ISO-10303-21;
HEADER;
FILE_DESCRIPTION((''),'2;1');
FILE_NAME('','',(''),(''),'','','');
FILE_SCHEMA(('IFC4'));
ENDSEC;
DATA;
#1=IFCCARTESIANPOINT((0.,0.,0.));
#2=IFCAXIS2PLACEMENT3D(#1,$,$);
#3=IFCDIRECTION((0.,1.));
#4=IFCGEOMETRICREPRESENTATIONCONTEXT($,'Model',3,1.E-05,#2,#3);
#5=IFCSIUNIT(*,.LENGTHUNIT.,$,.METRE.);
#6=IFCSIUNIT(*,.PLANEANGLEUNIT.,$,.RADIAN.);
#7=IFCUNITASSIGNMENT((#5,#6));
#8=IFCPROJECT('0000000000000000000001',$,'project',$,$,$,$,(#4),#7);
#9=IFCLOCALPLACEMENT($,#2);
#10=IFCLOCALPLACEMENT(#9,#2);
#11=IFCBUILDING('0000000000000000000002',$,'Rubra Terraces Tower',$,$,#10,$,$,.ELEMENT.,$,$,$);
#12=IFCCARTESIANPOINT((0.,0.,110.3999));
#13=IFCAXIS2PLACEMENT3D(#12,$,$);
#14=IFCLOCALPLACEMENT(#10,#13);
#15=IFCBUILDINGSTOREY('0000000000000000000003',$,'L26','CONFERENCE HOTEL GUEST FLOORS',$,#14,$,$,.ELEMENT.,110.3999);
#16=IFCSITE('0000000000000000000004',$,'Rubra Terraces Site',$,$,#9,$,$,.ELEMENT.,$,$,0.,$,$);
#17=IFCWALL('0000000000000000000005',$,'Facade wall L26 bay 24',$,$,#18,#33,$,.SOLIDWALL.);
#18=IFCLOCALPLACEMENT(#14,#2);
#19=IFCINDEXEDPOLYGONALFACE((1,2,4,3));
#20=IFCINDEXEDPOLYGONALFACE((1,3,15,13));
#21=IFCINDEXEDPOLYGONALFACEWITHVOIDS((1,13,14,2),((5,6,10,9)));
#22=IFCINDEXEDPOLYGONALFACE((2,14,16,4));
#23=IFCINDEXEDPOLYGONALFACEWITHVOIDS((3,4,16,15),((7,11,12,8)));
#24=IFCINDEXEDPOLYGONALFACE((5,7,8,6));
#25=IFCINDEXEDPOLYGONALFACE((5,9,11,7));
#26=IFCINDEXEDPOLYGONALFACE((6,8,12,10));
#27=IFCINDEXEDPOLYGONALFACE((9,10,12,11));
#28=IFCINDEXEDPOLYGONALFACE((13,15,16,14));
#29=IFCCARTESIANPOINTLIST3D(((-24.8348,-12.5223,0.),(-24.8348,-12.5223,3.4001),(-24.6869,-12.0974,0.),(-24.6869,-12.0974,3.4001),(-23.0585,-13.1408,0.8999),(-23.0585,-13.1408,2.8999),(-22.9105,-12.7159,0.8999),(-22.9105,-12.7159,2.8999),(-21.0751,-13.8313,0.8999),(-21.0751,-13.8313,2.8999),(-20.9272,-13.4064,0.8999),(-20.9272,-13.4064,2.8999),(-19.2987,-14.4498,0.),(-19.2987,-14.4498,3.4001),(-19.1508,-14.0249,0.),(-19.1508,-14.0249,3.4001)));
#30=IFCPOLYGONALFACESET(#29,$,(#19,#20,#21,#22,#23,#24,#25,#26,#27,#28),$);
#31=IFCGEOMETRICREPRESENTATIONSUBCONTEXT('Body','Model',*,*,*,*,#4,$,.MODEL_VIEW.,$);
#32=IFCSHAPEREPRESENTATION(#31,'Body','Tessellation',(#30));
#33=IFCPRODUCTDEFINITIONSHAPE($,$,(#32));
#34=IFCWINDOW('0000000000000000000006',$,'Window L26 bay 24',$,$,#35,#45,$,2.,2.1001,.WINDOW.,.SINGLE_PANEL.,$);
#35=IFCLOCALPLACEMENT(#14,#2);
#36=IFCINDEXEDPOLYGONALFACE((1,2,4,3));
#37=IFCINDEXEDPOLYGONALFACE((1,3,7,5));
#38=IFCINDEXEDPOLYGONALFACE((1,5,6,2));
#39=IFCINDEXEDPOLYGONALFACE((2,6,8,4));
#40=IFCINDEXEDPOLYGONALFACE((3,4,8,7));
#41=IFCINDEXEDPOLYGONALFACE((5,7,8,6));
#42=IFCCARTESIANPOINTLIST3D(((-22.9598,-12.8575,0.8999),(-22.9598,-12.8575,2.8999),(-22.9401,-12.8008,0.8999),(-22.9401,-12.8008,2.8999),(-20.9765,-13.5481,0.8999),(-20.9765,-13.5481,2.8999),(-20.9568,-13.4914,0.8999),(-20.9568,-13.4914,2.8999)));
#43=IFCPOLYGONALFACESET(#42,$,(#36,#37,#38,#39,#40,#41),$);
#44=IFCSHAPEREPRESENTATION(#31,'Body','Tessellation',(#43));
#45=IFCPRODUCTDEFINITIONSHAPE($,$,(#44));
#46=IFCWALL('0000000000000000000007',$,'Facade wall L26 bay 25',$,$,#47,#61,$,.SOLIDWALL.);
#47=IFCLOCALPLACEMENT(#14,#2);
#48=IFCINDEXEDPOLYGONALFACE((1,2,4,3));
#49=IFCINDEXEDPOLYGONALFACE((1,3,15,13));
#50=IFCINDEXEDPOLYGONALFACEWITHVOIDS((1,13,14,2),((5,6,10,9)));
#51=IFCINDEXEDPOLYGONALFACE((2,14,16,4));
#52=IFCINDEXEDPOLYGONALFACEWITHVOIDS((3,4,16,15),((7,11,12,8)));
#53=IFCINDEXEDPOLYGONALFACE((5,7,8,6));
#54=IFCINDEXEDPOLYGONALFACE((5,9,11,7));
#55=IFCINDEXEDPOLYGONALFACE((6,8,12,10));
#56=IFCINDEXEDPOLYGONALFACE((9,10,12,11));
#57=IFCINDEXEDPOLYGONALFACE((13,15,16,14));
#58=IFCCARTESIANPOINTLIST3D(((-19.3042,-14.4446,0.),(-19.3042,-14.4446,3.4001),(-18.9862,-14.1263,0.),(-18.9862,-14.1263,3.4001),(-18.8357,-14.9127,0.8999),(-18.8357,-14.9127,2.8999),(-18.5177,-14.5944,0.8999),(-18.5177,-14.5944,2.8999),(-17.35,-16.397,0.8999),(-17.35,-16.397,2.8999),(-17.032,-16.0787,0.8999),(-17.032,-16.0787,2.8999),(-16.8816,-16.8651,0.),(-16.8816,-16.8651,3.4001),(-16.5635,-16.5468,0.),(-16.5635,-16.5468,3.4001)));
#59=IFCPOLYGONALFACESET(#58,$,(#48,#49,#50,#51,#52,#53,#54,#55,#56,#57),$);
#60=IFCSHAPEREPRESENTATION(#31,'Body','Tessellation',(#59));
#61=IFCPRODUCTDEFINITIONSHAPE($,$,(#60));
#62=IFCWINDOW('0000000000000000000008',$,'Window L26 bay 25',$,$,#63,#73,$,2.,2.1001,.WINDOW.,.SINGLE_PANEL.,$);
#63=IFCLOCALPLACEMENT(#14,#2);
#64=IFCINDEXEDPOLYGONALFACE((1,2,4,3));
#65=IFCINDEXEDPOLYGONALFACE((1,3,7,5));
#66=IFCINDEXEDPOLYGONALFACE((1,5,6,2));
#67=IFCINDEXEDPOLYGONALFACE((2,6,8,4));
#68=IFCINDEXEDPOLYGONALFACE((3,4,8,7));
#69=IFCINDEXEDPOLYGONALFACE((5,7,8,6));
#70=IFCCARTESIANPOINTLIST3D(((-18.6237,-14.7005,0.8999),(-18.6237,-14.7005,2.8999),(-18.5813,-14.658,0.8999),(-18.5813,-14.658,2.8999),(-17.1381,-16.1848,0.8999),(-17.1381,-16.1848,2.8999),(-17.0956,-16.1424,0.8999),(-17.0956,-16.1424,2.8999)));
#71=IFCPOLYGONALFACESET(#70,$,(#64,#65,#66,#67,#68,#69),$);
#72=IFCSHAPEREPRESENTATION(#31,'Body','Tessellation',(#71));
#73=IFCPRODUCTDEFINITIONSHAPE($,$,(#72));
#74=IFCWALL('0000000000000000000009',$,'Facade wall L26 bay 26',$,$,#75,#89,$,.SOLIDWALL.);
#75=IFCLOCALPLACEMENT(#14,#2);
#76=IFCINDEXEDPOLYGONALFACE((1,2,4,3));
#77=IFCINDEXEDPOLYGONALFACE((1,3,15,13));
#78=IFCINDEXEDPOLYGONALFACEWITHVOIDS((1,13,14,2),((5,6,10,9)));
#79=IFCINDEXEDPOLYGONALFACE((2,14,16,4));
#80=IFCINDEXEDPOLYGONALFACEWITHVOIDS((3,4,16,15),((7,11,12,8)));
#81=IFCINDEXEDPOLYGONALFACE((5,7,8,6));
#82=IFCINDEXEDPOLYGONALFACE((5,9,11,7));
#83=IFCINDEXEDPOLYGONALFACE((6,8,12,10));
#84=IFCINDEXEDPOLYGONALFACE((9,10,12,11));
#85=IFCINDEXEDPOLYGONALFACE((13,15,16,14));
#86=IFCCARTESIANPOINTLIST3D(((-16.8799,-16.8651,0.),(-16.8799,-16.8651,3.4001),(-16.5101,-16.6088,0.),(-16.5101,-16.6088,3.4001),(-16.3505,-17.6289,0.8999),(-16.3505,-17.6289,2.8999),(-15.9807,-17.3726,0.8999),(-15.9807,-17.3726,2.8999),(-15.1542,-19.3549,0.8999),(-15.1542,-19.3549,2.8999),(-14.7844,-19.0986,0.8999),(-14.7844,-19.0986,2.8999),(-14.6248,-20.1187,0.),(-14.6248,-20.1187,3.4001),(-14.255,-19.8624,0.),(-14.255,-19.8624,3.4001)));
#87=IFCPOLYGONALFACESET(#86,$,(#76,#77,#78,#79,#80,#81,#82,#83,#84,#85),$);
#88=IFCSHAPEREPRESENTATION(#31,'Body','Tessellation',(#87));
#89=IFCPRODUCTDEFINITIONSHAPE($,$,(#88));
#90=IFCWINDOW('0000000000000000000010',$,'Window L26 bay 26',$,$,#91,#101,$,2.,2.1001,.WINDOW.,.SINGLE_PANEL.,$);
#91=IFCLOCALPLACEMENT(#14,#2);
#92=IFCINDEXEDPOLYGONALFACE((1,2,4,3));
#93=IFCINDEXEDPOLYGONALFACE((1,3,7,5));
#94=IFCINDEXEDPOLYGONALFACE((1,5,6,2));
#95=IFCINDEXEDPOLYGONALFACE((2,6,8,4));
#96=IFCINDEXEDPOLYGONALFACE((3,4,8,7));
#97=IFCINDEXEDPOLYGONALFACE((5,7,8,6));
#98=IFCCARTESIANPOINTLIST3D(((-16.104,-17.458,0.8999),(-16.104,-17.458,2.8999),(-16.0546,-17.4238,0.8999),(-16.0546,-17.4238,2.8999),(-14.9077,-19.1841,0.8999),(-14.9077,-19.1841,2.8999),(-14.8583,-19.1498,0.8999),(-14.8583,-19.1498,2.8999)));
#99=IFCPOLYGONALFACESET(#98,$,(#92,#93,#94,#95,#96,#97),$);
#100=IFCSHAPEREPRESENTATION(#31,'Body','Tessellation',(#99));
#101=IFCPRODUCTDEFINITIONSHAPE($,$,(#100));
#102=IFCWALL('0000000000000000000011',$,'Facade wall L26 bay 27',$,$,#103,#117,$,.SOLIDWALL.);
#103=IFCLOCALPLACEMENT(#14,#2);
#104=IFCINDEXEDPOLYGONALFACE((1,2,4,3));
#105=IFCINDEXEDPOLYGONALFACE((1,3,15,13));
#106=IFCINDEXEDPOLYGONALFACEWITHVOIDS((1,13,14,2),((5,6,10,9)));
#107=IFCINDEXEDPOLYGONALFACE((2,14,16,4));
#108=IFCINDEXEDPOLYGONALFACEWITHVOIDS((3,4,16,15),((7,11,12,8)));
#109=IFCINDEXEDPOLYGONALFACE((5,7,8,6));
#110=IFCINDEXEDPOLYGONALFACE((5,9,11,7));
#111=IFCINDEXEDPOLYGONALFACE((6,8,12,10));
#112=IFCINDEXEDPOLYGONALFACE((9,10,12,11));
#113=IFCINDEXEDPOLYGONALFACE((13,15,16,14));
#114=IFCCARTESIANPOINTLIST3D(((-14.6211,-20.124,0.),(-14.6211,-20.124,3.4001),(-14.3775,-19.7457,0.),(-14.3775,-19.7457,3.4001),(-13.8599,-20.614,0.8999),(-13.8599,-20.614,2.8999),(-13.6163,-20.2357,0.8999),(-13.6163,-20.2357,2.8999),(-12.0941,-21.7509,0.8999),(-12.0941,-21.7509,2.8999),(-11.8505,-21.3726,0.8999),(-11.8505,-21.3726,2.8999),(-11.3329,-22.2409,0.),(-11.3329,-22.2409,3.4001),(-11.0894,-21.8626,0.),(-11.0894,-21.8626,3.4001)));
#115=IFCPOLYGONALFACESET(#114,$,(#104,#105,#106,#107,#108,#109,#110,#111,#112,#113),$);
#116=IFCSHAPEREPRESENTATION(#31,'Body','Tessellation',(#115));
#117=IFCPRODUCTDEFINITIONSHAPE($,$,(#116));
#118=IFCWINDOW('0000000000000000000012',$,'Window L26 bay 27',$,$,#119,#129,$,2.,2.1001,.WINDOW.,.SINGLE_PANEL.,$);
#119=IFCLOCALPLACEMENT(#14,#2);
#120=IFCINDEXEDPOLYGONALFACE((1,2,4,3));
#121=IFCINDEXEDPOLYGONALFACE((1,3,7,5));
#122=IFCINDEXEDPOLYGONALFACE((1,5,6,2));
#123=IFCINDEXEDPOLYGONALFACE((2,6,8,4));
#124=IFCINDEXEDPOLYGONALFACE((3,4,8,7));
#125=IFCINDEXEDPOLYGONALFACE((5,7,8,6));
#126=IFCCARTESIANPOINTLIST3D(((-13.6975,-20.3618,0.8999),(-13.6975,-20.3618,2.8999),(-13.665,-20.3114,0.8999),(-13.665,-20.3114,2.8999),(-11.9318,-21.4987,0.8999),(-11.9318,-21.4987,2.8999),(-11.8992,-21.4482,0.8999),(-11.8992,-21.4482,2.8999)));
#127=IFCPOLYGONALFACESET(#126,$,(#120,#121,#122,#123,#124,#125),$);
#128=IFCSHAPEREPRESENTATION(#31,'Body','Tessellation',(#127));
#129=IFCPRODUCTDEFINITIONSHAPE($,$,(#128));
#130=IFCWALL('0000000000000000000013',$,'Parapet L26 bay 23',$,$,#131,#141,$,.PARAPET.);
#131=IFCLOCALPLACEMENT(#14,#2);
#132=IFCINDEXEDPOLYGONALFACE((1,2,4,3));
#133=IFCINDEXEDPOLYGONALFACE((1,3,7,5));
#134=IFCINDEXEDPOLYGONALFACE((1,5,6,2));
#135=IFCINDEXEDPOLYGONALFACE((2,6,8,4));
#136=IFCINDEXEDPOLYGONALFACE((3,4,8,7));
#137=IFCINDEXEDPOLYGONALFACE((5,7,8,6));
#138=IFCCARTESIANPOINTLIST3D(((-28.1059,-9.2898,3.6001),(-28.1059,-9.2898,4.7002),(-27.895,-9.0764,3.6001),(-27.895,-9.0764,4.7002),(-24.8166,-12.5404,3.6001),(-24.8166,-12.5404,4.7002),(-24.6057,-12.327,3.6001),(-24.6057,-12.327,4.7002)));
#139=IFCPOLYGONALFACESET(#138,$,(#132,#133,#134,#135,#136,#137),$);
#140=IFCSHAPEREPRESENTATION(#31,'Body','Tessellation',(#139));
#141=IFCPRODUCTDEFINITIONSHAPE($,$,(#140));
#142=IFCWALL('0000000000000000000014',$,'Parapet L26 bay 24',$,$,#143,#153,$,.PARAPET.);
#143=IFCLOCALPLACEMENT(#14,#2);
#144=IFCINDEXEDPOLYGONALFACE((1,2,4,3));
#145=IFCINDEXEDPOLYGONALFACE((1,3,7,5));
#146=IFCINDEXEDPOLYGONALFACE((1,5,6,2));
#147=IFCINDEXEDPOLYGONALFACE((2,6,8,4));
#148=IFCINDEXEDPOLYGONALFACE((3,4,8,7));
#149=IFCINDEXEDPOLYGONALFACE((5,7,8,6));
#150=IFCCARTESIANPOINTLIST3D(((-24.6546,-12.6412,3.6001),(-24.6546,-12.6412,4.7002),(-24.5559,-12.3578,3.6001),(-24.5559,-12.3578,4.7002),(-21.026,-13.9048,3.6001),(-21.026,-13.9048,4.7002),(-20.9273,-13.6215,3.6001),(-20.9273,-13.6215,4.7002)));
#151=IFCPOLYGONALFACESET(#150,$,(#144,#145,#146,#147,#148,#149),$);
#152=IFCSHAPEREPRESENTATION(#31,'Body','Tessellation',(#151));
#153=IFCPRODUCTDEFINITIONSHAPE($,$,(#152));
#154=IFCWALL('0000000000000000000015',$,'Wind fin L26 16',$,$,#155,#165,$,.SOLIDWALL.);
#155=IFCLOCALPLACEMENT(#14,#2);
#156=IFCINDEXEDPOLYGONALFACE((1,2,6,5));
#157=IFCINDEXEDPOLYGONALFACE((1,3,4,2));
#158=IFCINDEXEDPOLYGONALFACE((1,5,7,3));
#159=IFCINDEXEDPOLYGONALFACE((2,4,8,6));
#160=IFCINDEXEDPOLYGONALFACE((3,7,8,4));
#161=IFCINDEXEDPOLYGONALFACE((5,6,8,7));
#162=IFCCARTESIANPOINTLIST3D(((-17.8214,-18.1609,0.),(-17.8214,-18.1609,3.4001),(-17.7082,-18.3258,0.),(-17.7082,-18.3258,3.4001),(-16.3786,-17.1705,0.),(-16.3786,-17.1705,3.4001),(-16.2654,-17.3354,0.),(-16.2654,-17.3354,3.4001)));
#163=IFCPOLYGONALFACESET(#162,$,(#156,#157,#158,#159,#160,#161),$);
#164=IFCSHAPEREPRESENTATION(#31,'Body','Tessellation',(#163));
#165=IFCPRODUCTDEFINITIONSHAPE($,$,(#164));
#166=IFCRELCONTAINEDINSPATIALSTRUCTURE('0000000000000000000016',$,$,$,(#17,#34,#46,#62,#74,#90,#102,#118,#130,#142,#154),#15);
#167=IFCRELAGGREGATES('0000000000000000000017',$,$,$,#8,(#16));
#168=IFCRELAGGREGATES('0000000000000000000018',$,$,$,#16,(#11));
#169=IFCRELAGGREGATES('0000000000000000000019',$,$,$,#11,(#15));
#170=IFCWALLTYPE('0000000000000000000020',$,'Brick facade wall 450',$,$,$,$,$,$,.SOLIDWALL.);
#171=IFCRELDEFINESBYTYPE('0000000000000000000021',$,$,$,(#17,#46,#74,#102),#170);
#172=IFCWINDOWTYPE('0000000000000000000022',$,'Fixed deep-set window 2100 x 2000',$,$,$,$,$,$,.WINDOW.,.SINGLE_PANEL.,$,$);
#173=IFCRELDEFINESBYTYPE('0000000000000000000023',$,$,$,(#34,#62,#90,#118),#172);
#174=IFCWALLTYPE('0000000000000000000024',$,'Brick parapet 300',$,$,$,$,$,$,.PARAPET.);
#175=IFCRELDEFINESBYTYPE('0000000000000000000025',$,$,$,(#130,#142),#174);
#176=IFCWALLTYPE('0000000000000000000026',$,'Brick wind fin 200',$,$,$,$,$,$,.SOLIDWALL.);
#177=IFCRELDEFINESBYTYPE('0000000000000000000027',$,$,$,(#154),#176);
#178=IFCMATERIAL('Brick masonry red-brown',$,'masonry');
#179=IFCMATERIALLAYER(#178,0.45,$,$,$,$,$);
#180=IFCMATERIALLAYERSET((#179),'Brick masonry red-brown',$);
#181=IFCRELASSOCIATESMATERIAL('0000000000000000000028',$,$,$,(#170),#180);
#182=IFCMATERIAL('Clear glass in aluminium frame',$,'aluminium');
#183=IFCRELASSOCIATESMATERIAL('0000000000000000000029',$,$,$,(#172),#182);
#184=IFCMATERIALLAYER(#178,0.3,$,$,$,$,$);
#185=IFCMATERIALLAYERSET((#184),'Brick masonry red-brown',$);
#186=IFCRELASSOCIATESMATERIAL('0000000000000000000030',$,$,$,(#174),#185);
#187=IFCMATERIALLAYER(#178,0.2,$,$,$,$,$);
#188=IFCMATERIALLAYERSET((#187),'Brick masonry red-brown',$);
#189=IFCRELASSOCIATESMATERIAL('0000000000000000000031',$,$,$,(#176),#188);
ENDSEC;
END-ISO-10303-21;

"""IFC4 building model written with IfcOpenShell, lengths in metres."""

from ifc_helpers import new_model, si_unit, direction, frame, frame_2d, origin, place, context, subcontext, project, spatial, rectangle, extrude, material, layer, layer_set, type_object, element, fill, save


model = new_model("IFC4")

# Units and contexts
model_context = context("Model", 3, precision=1e-05, world=origin(), true_north=direction((0.0, 1.0)))
body_context = subcontext(model_context, "Body", "Model", "MODEL_VIEW")
ifc_project = project(units=[si_unit("LENGTHUNIT", "METRE"), si_unit("PLANEANGLEUNIT", "RADIAN")], contexts=[model_context])

# Site, building, storey
site_placement = place(None, origin())
site = spatial("IfcSite", under=ifc_project, at=site_placement, Name="Rubra Terraces Site", CompositionType="ELEMENT", RefElevation=0.0)
building_placement = place(site_placement, origin())
building = spatial("IfcBuilding", under=site, at=building_placement, Name="Rubra Terraces Tower", CompositionType="ELEMENT")
storey_placement = place(building_placement, frame((0.0, 0.0, 110.3999)))
storey = spatial("IfcBuildingStorey", under=building, at=storey_placement, Name="L26", Description="CONFERENCE HOTEL GUEST FLOORS", CompositionType="ELEMENT", Elevation=110.3999)

# Walls, openings, windows
ifc_material_1 = material(Name="Brick masonry red-brown", Category="masonry")
ifc_layer_1 = layer(ifc_material_1, 0.45)
ifc_layer_set_1 = layer_set([ifc_layer_1], Name="Brick masonry red-brown")
wall_type_1 = type_object("IfcWallType", Name="Brick facade wall 450", PredefinedType="SOLIDWALL", material=ifc_layer_set_1)
wall_1_placement = place(storey_placement, frame((-24.761, -12.3098, 0.0), z_axis=(0.0, 0.0, 1.0), x_axis=(0.944397, -0.328807, 0.0)))
wall_1 = element("IfcWall", 1, at=wall_1_placement, inside=storey, type_object=wall_type_1, Name="Facade wall L26 bay 24", PredefinedType="SOLIDWALL", context=body_context, shape_type="SweptSolid", body=[
    extrude(rectangle(XDim=5.8621, YDim=0.45, at=frame_2d((2.9312, 0.0))), origin(), (0.0, 0.0, 1.0), 3.4001),
])
opening_1_placement = place(wall_1_placement, frame((1.8811, 0.0, 0.8999)))
opening_1 = element("IfcOpeningElement", 2, at=opening_1_placement, cuts=wall_1, PredefinedType="OPENING", context=body_context, shape_type="SweptSolid", body=[
    extrude(rectangle(XDim=2.1001, YDim=2.0, at=frame_2d((1.05, 1.0))), frame((0.0, 0.2349, 0.0), z_axis=(0.0, -1.0, 0.0), x_axis=(1.0, 0.0, 0.0)), (0.0, 0.0, 1.0), 0.47),
])
ifc_material_2 = material(Name="Clear glass in aluminium frame", Category="aluminium")
window_type = type_object("IfcWindowType", Name="Fixed deep-set window 2100 x 2000", PartitioningType="SINGLE_PANEL", PredefinedType="WINDOW", material=ifc_material_2)
window_1_placement = place(opening_1_placement, origin())
window_1 = element("IfcWindow", 3, at=window_1_placement, inside=storey, type_object=window_type, Name="Window L26 bay 24", OverallHeight=2.0, OverallWidth=2.1001, PartitioningType="SINGLE_PANEL", PredefinedType="WINDOW", context=body_context, shape_type="SweptSolid", body=[
    extrude(rectangle(XDim=2.1001, YDim=2.0, at=frame_2d((1.05, 1.0))), frame((0.0, 0.135, 0.0), z_axis=(0.0, -1.0, 0.0), x_axis=(1.0, 0.0, 0.0)), (0.0, 0.0, 1.0), 0.0601),
])
fill(opening_1, window_1)
wall_2_placement = place(storey_placement, frame((-19.1453, -14.2854, 0.0), z_axis=(0.0, 0.0, 1.0), x_axis=(0.707428, -0.706786, 0.0)))
wall_2 = element("IfcWall", 4, at=wall_2_placement, inside=storey, type_object=wall_type_1, Name="Facade wall L26 bay 25", PredefinedType="SOLIDWALL", context=body_context, shape_type="SweptSolid", body=[
    extrude(rectangle(XDim=3.4246, YDim=0.45, at=frame_2d((1.7124, 0.0))), origin(), (0.0, 0.0, 1.0), 3.4001),
])
opening_2_placement = place(wall_2_placement, frame((0.6624, 0.0, 0.8999)))
opening_2 = element("IfcOpeningElement", 5, at=opening_2_placement, cuts=wall_2, PredefinedType="OPENING", context=body_context, shape_type="SweptSolid", body=[
    extrude(rectangle(XDim=2.1001, YDim=2.0, at=frame_2d((1.05, 1.0))), frame((0.0, 0.2349, 0.0), z_axis=(0.0, -1.0, 0.0), x_axis=(1.0, 0.0, 0.0)), (0.0, 0.0, 1.0), 0.47),
])
window_2_placement = place(opening_2_placement, origin())
window_2 = element("IfcWindow", 6, at=window_2_placement, inside=storey, type_object=window_type, Name="Window L26 bay 25", OverallHeight=2.0, OverallWidth=2.1001, PartitioningType="SINGLE_PANEL", PredefinedType="WINDOW", context=body_context, shape_type="SweptSolid", body=[
    extrude(rectangle(XDim=2.1001, YDim=2.0, at=frame_2d((1.05, 1.0))), frame((0.0, 0.135, 0.0), z_axis=(0.0, -1.0, 0.0), x_axis=(1.0, 0.0, 0.0)), (0.0, 0.0, 1.0), 0.0601),
])
fill(opening_2, window_2)
wall_3_placement = place(storey_placement, frame((-16.6951, -16.7368, 0.0), z_axis=(0.0, 0.0, 1.0), x_axis=(0.569652, -0.821886, 0.0)))
wall_3 = element("IfcWall", 7, at=wall_3_placement, inside=storey, type_object=wall_type_1, Name="Facade wall L26 bay 26", PredefinedType="SOLIDWALL", context=body_context, shape_type="SweptSolid", body=[
    extrude(rectangle(XDim=3.9587, YDim=0.45, at=frame_2d((1.9795, 0.0))), origin(), (0.0, 0.0, 1.0), 3.4001),
])
opening_3_placement = place(wall_3_placement, frame((0.9294, 0.0, 0.8999)))
opening_3 = element("IfcOpeningElement", 8, at=opening_3_placement, cuts=wall_3, PredefinedType="OPENING", context=body_context, shape_type="SweptSolid", body=[
    extrude(rectangle(XDim=2.1001, YDim=2.0, at=frame_2d((1.05, 1.0))), frame((0.0, 0.2349, 0.0), z_axis=(0.0, -1.0, 0.0), x_axis=(1.0, 0.0, 0.0)), (0.0, 0.0, 1.0), 0.47),
])
window_3_placement = place(opening_3_placement, origin())
window_3 = element("IfcWindow", 9, at=window_3_placement, inside=storey, type_object=window_type, Name="Window L26 bay 26", OverallHeight=2.0, OverallWidth=2.1001, PartitioningType="SINGLE_PANEL", PredefinedType="WINDOW", context=body_context, shape_type="SweptSolid", body=[
    extrude(rectangle(XDim=2.1001, YDim=2.0, at=frame_2d((1.05, 1.0))), frame((0.0, 0.135, 0.0), z_axis=(0.0, -1.0, 0.0), x_axis=(1.0, 0.0, 0.0)), (0.0, 0.0, 1.0), 0.0601),
])
fill(opening_3, window_3)
wall_4_placement = place(storey_placement, frame((-14.4993, -19.9348, 0.0), z_axis=(0.0, 0.0, 1.0), x_axis=(0.840809, -0.541332, 0.0)))
wall_4 = element("IfcWall", 10, at=wall_4_placement, inside=storey, type_object=wall_type_1, Name="Facade wall L26 bay 27", PredefinedType="SOLIDWALL", context=body_context, shape_type="SweptSolid", body=[
    extrude(rectangle(XDim=3.9106, YDim=0.45, at=frame_2d((1.9553, 0.0))), origin(), (0.0, 0.0, 1.0), 3.4001),
])
opening_4_placement = place(wall_4_placement, frame((0.9053, 0.0, 0.8999)))
opening_4 = element("IfcOpeningElement", 11, at=opening_4_placement, cuts=wall_4, PredefinedType="OPENING", context=body_context, shape_type="SweptSolid", body=[
    extrude(rectangle(XDim=2.1001, YDim=2.0, at=frame_2d((1.05, 1.0))), frame((0.0, 0.2349, 0.0), z_axis=(0.0, -1.0, 0.0), x_axis=(1.0, 0.0, 0.0)), (0.0, 0.0, 1.0), 0.47),
])
window_4_placement = place(opening_4_placement, origin())
window_4 = element("IfcWindow", 12, at=window_4_placement, inside=storey, type_object=window_type, Name="Window L26 bay 27", OverallHeight=2.0, OverallWidth=2.1001, PartitioningType="SINGLE_PANEL", PredefinedType="WINDOW", context=body_context, shape_type="SweptSolid", body=[
    extrude(rectangle(XDim=2.1001, YDim=2.0, at=frame_2d((1.05, 1.0))), frame((0.0, 0.135, 0.0), z_axis=(0.0, -1.0, 0.0), x_axis=(1.0, 0.0, 0.0)), (0.0, 0.0, 1.0), 0.0601),
])
fill(opening_4, window_4)

# Walls
ifc_layer_2 = layer(ifc_material_1, 0.3)
ifc_layer_set_2 = layer_set([ifc_layer_2], Name="Brick masonry red-brown")
wall_type_2 = type_object("IfcWallType", Name="Brick parapet 300", PredefinedType="PARAPET", material=ifc_layer_set_2)
wall_5_placement = place(storey_placement, frame((-28.0005, -9.1831, 3.6001), z_axis=(0.0, 0.0, 1.0), x_axis=(0.711291, -0.702897, 0.0)))
element("IfcWall", 13, at=wall_5_placement, inside=storey, type_object=wall_type_2, Name="Parapet L26 bay 23", PredefinedType="PARAPET", context=body_context, shape_type="SweptSolid", body=[
    extrude(rectangle(XDim=4.6245, YDim=0.3, at=frame_2d((2.3123, 0.0))), origin(), (0.0, 0.0, 1.0), 1.1001),
])
wall_6_placement = place(storey_placement, frame((-24.6052, -12.4995, 3.6001), z_axis=(0.0, 0.0, 1.0), x_axis=(0.944373, -0.328875, 0.0)))
element("IfcWall", 14, at=wall_6_placement, inside=storey, type_object=wall_type_2, Name="Parapet L26 bay 24", PredefinedType="PARAPET", context=body_context, shape_type="SweptSolid", body=[
    extrude(rectangle(XDim=3.8423, YDim=0.3, at=frame_2d((1.9211, 0.0))), origin(), (0.0, 0.0, 1.0), 1.1001),
])
ifc_layer_3 = layer(ifc_material_1, 0.2)
ifc_layer_set_3 = layer_set([ifc_layer_3], Name="Brick masonry red-brown")
wall_type_3 = type_object("IfcWallType", Name="Brick wind fin 200", PredefinedType="SOLIDWALL", material=ifc_layer_set_3)
wall_7_placement = place(storey_placement, frame((-16.322, -17.2529, 0.0), z_axis=(0.0, 0.0, 1.0), x_axis=(-0.824441, -0.565948, 0.0)))
element("IfcWall", 15, at=wall_7_placement, inside=storey, type_object=wall_type_3, Name="Wind fin L26 16", PredefinedType="SOLIDWALL", context=body_context, shape_type="SweptSolid", body=[
    extrude(rectangle(XDim=1.75, YDim=0.2, at=frame_2d((0.875, 0.0))), origin(), (0.0, 0.0, 1.0), 3.4001),
])

save(model, "model.ifc")
